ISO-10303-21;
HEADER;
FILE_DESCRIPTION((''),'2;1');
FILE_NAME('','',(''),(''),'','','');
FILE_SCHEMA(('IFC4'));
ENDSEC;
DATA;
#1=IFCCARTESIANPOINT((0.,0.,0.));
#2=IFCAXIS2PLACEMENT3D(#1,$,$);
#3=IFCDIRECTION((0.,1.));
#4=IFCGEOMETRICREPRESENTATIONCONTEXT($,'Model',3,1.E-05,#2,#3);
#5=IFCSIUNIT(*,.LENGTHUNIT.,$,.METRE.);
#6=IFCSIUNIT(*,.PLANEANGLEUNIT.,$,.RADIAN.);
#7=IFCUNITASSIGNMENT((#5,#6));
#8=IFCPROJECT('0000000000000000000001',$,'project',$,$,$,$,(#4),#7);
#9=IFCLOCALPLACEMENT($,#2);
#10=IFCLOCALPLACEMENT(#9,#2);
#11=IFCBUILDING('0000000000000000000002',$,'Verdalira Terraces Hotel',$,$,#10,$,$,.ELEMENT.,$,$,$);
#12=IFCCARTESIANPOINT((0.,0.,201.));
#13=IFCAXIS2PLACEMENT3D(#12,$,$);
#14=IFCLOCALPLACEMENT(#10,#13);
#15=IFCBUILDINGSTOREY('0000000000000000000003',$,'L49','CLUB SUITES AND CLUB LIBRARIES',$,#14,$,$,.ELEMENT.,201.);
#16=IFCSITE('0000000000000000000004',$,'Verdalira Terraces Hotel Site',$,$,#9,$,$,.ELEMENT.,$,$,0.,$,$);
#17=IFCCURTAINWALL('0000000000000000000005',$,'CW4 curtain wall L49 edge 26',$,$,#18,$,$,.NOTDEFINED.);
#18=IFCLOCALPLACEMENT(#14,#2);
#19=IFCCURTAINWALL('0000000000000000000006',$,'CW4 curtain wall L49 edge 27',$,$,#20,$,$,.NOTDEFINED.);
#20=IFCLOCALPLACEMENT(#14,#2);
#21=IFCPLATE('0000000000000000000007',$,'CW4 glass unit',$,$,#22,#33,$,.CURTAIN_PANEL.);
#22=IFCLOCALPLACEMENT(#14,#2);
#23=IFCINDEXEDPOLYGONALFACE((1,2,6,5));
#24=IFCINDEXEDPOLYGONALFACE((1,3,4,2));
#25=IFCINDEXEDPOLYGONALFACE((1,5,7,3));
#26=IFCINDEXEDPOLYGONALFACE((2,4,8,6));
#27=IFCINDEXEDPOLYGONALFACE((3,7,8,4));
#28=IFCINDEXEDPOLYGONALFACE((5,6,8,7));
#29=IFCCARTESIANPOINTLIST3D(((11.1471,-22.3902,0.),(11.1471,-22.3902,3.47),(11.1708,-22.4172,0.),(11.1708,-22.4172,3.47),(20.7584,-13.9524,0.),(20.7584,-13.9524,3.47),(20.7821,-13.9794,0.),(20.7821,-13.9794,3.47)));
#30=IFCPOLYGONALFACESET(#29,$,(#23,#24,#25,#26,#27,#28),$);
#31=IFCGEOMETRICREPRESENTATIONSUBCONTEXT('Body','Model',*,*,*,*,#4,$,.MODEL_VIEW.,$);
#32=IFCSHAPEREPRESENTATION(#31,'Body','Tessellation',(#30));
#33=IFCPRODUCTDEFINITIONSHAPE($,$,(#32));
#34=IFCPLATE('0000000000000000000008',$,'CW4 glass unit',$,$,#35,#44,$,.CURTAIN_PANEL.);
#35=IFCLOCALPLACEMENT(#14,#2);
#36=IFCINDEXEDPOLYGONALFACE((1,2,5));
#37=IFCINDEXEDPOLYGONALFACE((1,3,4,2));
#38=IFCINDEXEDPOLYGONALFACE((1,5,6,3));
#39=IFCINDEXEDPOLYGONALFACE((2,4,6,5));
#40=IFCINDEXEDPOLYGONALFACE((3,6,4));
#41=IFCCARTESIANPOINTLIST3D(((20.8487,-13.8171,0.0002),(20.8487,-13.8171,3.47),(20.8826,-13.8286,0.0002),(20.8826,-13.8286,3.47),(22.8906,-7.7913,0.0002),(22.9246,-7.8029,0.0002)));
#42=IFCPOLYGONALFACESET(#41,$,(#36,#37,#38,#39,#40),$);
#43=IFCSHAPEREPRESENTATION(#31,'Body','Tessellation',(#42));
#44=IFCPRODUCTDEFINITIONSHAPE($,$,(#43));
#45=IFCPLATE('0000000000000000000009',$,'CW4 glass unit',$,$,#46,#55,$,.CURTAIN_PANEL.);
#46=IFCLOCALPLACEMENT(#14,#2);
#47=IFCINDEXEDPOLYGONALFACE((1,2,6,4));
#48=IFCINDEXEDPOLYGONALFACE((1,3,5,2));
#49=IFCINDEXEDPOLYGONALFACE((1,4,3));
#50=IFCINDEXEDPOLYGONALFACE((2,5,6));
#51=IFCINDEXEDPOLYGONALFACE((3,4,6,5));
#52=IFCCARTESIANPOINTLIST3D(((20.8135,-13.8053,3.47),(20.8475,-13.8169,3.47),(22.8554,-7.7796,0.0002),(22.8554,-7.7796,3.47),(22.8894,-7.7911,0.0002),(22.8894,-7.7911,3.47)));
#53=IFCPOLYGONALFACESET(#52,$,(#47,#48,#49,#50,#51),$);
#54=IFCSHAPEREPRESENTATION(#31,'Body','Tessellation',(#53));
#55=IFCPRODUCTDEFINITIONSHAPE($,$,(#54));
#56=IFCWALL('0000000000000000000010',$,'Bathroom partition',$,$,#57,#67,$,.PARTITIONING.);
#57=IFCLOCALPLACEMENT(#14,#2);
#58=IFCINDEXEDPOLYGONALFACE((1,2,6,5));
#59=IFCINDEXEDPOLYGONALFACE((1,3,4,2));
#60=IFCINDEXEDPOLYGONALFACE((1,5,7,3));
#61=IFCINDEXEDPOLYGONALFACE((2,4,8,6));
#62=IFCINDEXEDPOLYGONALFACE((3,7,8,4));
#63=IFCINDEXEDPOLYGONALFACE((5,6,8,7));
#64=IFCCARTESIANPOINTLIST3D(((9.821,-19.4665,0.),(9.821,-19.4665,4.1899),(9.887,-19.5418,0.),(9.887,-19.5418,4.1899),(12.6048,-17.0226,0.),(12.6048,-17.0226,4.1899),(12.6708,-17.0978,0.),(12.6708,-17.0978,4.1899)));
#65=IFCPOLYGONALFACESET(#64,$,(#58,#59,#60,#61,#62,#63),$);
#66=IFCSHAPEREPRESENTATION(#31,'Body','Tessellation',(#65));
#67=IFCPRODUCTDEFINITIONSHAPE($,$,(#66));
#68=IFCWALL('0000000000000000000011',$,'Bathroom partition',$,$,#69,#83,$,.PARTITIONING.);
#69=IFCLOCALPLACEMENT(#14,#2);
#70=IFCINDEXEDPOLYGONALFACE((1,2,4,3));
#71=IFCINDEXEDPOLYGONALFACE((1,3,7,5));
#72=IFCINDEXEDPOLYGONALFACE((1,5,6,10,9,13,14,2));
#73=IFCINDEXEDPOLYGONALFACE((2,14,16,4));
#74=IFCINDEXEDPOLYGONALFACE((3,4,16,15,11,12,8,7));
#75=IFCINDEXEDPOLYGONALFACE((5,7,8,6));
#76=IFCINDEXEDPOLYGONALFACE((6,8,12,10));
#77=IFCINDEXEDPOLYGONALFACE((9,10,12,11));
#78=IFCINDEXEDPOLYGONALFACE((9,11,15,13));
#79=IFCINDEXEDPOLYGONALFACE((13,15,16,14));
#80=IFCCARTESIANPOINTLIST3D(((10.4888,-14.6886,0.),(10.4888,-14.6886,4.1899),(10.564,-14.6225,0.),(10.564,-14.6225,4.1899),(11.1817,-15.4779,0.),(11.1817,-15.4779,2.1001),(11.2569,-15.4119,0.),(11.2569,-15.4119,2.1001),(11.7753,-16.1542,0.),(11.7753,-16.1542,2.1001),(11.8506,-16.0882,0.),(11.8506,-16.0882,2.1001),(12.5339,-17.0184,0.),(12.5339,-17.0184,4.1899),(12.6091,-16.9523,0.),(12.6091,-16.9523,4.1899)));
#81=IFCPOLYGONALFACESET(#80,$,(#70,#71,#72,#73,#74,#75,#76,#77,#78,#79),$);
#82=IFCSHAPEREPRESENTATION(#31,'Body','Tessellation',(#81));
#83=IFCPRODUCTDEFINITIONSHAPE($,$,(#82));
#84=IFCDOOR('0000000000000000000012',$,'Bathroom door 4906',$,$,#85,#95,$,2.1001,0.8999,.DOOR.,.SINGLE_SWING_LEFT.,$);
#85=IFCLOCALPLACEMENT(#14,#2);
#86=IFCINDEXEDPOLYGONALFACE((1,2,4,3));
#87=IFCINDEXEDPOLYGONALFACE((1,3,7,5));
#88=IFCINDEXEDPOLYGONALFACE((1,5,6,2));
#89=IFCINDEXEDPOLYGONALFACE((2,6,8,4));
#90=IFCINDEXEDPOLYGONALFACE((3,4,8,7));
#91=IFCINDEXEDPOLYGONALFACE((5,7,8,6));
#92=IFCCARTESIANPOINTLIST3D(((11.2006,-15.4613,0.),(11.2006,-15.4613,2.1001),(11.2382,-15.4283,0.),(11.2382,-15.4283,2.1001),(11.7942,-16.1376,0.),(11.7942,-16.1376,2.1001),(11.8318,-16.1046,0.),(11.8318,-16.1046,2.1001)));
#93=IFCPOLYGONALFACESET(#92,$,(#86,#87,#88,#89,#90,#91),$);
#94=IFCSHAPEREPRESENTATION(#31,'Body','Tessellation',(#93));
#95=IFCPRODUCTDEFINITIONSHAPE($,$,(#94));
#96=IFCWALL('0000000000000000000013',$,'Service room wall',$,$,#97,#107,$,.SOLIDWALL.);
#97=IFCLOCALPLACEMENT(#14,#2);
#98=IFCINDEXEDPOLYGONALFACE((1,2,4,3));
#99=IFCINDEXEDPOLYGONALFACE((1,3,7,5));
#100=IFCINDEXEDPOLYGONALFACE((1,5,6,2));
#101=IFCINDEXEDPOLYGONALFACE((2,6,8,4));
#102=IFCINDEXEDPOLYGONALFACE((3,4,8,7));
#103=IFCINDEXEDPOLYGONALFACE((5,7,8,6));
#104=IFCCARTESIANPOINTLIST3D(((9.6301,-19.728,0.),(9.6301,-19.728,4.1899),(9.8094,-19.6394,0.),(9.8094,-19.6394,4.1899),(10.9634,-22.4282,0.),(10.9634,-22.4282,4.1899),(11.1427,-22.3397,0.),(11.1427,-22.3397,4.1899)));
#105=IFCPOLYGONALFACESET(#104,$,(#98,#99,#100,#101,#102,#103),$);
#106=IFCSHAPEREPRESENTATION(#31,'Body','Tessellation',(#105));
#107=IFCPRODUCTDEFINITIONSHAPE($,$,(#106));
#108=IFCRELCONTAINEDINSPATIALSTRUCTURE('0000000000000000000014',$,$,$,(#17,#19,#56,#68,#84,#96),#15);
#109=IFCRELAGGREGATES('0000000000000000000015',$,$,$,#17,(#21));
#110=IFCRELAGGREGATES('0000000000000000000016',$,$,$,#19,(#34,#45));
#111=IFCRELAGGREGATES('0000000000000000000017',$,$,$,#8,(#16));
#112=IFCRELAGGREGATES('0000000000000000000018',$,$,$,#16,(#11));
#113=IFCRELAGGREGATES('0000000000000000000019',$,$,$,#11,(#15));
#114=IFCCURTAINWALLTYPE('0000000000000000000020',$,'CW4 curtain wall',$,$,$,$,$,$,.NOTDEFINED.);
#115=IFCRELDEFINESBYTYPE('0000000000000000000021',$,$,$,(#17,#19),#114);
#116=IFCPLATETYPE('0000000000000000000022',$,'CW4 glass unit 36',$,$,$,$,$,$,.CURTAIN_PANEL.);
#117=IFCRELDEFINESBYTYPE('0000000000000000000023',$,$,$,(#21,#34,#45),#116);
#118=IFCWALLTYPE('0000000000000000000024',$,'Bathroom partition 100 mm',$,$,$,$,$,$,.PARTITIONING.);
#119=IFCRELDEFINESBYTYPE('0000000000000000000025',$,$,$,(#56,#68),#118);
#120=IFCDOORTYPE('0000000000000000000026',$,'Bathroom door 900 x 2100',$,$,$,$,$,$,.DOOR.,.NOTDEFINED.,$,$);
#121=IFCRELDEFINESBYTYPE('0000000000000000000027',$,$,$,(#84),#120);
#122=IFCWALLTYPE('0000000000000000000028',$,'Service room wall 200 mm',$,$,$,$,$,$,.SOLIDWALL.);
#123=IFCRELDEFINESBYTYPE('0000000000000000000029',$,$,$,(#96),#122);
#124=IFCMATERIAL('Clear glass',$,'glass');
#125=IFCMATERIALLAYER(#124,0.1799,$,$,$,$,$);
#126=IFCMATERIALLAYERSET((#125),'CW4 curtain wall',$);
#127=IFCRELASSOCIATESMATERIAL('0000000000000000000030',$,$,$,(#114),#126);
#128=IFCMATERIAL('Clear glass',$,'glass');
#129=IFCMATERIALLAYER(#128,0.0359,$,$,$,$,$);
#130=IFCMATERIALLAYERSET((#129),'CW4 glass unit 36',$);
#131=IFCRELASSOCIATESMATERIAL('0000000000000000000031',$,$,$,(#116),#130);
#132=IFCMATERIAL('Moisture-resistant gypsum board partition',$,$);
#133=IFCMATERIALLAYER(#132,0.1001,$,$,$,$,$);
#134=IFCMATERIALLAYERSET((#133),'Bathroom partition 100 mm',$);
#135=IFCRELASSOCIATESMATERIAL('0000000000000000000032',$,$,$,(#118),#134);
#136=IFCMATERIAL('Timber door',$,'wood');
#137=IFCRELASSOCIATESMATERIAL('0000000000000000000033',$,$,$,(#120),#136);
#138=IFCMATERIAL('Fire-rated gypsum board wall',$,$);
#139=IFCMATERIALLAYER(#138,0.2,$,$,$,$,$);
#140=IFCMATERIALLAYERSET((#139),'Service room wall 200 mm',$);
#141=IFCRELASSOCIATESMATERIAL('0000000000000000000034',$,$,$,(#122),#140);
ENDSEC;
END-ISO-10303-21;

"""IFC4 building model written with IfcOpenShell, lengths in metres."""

from ifc_helpers import new_model, si_unit, direction, frame, frame_2d, origin, origin_2d, place, context, subcontext, project, spatial, polyline, rectangle, outline, extrude, material, layer, layer_set, type_object, element, fill, aggregate, save


model = new_model("IFC4")

# Units and contexts
model_context = context("Model", 3, precision=1e-05, world=origin(), true_north=direction((0.0, 1.0)))
body_context = subcontext(model_context, "Body", "Model", "MODEL_VIEW")
ifc_project = project(units=[si_unit("LENGTHUNIT", "METRE"), si_unit("PLANEANGLEUNIT", "RADIAN")], contexts=[model_context])

# Site, building, storey
site_placement = place(None, origin())
site = spatial("IfcSite", under=ifc_project, at=site_placement, Name="Verdalira Terraces Hotel Site", CompositionType="ELEMENT", RefElevation=0.0)
building_placement = place(site_placement, origin())
building = spatial("IfcBuilding", under=site, at=building_placement, Name="Verdalira Terraces Hotel", CompositionType="ELEMENT")
storey_placement = place(building_placement, frame((0.0, 0.0, 201.0)))
storey = spatial("IfcBuildingStorey", under=building, at=storey_placement, Name="L49", Description="CLUB SUITES AND CLUB LIBRARIES", CompositionType="ELEMENT", Elevation=201.0)

# Shared definitions
ifc_material_1 = material(Name="Clear glass", Category="glass")
ifc_layer_1 = layer(ifc_material_1, 0.1799)
ifc_layer_set_1 = layer_set([ifc_layer_1], Name="CW4 curtain wall")
curtain_wall_type = type_object("IfcCurtainWallType", Name="CW4 curtain wall", PredefinedType="NOTDEFINED", material=ifc_layer_set_1)

# Curtain wall
curtain_wall_1_placement = place(storey_placement, origin())
curtain_wall_1 = element("IfcCurtainWall", 1, at=curtain_wall_1_placement, inside=storey, type_object=curtain_wall_type, Name="CW4 curtain wall L49 edge 26", PredefinedType="NOTDEFINED")

# Curtain wall
curtain_wall_2_placement = place(storey_placement, origin())
curtain_wall_2 = element("IfcCurtainWall", 2, at=curtain_wall_2_placement, inside=storey, type_object=curtain_wall_type, Name="CW4 curtain wall L49 edge 27", PredefinedType="NOTDEFINED")

# Plates
ifc_material_2 = material(Name="Clear glass", Category="glass")
ifc_layer_2 = layer(ifc_material_2, 0.0359)
ifc_layer_set_2 = layer_set([ifc_layer_2], Name="CW4 glass unit 36")
plate_type = type_object("IfcPlateType", Name="CW4 glass unit 36", PredefinedType="CURTAIN_PANEL", material=ifc_layer_set_2)
plate_1_placement = place(storey_placement, frame((15.9646, -18.1848, 0.0), z_axis=(0.0, 0.0, 1.0), x_axis=(0.751494, 0.659739, 0.0)))
plate_1 = element("IfcPlate", 3, at=plate_1_placement, type_object=plate_type, Name="CW4 glass unit", PredefinedType="CURTAIN_PANEL", context=body_context, shape_type="SweptSolid", body=[
    extrude(rectangle(XDim=12.7896, YDim=0.0359, at=origin_2d()), origin(), (0.0, 0.0, 1.0), 3.47),
])
aggregate(curtain_wall_1, [plate_1])
plate_2_placement = place(storey_placement, frame((21.8696, -10.8042, 1.7351), z_axis=(0.947098, -0.320944, 0.0), x_axis=(0.320944, 0.947098, 0.0)))
plate_2 = element("IfcPlate", 4, at=plate_2_placement, type_object=plate_type, Name="CW4 glass unit", PredefinedType="CURTAIN_PANEL", context=body_context, shape_type="SweptSolid", body=[
    extrude(outline(polyline([(-3.1812, -1.7349), (3.1812, -1.7349), (-3.1812, 1.7349), (-3.1812, -1.7349)])), origin(), (0.0, 0.0, 1.0), 0.0359),
])
plate_3_placement = place(storey_placement, frame((21.8345, -10.7925, 1.7351), z_axis=(0.947098, -0.320944, 0.0), x_axis=(0.320944, 0.947098, 0.0)))
plate_3 = element("IfcPlate", 5, at=plate_3_placement, type_object=plate_type, Name="CW4 glass unit", PredefinedType="CURTAIN_PANEL", context=body_context, shape_type="SweptSolid", body=[
    extrude(outline(polyline([(3.1812, -1.7349), (3.1812, 1.7349), (-3.1812, 1.7349), (3.1812, -1.7349)])), origin(), (0.0, 0.0, 1.0), 0.0359),
])
aggregate(curtain_wall_2, [plate_2, plate_3])

# Wall
ifc_material_3 = material(Name="Moisture-resistant gypsum board partition")
ifc_layer_3 = layer(ifc_material_3, 0.1001)
ifc_layer_set_3 = layer_set([ifc_layer_3], Name="Bathroom partition 100 mm")
wall_type_1 = type_object("IfcWallType", Name="Bathroom partition 100 mm", PredefinedType="PARTITIONING", material=ifc_layer_set_3)
wall_1_placement = place(storey_placement, frame((12.6377, -17.0603, 0.0), z_axis=(0.0, 0.0, 1.0), x_axis=(-0.75149, -0.659745, 0.0)))
element("IfcWall", 6, at=wall_1_placement, inside=storey, type_object=wall_type_1, Name="Bathroom partition", PredefinedType="PARTITIONING", context=body_context, shape_type="SweptSolid", body=[
    extrude(rectangle(XDim=3.7043, YDim=0.1001, at=frame_2d((1.8521, 0.0))), origin(), (0.0, 0.0, 1.0), 4.1899),
])

# Wall, opening, door
wall_2_placement = place(storey_placement, frame((12.5715, -16.9854, 0.0), z_axis=(0.0, 0.0, 1.0), x_axis=(-0.659702, 0.751527, 0.0)))
wall_2 = element("IfcWall", 7, at=wall_2_placement, inside=storey, type_object=wall_type_1, Name="Bathroom partition", PredefinedType="PARTITIONING", context=body_context, shape_type="SweptSolid", body=[
    extrude(rectangle(XDim=3.1001, YDim=0.1001, at=frame_2d((1.55, 0.0))), origin(), (0.0, 0.0, 1.0), 4.1899),
])
opening_placement = place(wall_2_placement, frame((1.1499, 0.0, 0.0)))
opening = element("IfcOpeningElement", 8, at=opening_placement, cuts=wall_2, PredefinedType="OPENING", context=body_context, shape_type="SweptSolid", body=[
    extrude(rectangle(XDim=0.8999, YDim=2.1001, at=frame_2d((0.45, 1.05))), frame((0.0, 0.0601, 0.0), z_axis=(0.0, -1.0, 0.0), x_axis=(1.0, 0.0, 0.0)), (0.0, 0.0, 1.0), 0.1201),
])
ifc_material_4 = material(Name="Timber door", Category="wood")
door_type = type_object("IfcDoorType", Name="Bathroom door 900 x 2100", OperationType="NOTDEFINED", PredefinedType="DOOR", material=ifc_material_4)
door_placement = place(opening_placement, origin())
door = element("IfcDoor", 9, at=door_placement, inside=storey, type_object=door_type, Name="Bathroom door 4906", OperationType="SINGLE_SWING_LEFT", OverallHeight=2.1001, OverallWidth=0.8999, PredefinedType="DOOR", context=body_context, shape_type="SweptSolid", body=[
    extrude(rectangle(XDim=0.8999, YDim=2.1001, at=frame_2d((0.45, 1.05))), frame((0.0, 0.0249, 0.0), z_axis=(0.0, -1.0, 0.0), x_axis=(1.0, 0.0, 0.0)), (0.0, 0.0, 1.0), 0.05),
])
fill(opening, door)

# Wall
ifc_material_5 = material(Name="Fire-rated gypsum board wall")
ifc_layer_4 = layer(ifc_material_5, 0.2)
ifc_layer_set_4 = layer_set([ifc_layer_4], Name="Service room wall 200 mm")
wall_type_2 = type_object("IfcWallType", Name="Service room wall 200 mm", PredefinedType="SOLIDWALL", material=ifc_layer_set_4)
wall_3_placement = place(storey_placement, frame((9.7197, -19.6836, 0.0), z_axis=(0.0, 0.0, 1.0), x_axis=(0.442733, -0.896654, 0.0)))
element("IfcWall", 10, at=wall_3_placement, inside=storey, type_object=wall_type_2, Name="Service room wall", PredefinedType="SOLIDWALL", context=body_context, shape_type="SweptSolid", body=[
    extrude(rectangle(XDim=3.0115, YDim=0.2, at=frame_2d((1.5059, 0.0))), origin(), (0.0, 0.0, 1.0), 4.1899),
])

save(model, "model.ifc")
